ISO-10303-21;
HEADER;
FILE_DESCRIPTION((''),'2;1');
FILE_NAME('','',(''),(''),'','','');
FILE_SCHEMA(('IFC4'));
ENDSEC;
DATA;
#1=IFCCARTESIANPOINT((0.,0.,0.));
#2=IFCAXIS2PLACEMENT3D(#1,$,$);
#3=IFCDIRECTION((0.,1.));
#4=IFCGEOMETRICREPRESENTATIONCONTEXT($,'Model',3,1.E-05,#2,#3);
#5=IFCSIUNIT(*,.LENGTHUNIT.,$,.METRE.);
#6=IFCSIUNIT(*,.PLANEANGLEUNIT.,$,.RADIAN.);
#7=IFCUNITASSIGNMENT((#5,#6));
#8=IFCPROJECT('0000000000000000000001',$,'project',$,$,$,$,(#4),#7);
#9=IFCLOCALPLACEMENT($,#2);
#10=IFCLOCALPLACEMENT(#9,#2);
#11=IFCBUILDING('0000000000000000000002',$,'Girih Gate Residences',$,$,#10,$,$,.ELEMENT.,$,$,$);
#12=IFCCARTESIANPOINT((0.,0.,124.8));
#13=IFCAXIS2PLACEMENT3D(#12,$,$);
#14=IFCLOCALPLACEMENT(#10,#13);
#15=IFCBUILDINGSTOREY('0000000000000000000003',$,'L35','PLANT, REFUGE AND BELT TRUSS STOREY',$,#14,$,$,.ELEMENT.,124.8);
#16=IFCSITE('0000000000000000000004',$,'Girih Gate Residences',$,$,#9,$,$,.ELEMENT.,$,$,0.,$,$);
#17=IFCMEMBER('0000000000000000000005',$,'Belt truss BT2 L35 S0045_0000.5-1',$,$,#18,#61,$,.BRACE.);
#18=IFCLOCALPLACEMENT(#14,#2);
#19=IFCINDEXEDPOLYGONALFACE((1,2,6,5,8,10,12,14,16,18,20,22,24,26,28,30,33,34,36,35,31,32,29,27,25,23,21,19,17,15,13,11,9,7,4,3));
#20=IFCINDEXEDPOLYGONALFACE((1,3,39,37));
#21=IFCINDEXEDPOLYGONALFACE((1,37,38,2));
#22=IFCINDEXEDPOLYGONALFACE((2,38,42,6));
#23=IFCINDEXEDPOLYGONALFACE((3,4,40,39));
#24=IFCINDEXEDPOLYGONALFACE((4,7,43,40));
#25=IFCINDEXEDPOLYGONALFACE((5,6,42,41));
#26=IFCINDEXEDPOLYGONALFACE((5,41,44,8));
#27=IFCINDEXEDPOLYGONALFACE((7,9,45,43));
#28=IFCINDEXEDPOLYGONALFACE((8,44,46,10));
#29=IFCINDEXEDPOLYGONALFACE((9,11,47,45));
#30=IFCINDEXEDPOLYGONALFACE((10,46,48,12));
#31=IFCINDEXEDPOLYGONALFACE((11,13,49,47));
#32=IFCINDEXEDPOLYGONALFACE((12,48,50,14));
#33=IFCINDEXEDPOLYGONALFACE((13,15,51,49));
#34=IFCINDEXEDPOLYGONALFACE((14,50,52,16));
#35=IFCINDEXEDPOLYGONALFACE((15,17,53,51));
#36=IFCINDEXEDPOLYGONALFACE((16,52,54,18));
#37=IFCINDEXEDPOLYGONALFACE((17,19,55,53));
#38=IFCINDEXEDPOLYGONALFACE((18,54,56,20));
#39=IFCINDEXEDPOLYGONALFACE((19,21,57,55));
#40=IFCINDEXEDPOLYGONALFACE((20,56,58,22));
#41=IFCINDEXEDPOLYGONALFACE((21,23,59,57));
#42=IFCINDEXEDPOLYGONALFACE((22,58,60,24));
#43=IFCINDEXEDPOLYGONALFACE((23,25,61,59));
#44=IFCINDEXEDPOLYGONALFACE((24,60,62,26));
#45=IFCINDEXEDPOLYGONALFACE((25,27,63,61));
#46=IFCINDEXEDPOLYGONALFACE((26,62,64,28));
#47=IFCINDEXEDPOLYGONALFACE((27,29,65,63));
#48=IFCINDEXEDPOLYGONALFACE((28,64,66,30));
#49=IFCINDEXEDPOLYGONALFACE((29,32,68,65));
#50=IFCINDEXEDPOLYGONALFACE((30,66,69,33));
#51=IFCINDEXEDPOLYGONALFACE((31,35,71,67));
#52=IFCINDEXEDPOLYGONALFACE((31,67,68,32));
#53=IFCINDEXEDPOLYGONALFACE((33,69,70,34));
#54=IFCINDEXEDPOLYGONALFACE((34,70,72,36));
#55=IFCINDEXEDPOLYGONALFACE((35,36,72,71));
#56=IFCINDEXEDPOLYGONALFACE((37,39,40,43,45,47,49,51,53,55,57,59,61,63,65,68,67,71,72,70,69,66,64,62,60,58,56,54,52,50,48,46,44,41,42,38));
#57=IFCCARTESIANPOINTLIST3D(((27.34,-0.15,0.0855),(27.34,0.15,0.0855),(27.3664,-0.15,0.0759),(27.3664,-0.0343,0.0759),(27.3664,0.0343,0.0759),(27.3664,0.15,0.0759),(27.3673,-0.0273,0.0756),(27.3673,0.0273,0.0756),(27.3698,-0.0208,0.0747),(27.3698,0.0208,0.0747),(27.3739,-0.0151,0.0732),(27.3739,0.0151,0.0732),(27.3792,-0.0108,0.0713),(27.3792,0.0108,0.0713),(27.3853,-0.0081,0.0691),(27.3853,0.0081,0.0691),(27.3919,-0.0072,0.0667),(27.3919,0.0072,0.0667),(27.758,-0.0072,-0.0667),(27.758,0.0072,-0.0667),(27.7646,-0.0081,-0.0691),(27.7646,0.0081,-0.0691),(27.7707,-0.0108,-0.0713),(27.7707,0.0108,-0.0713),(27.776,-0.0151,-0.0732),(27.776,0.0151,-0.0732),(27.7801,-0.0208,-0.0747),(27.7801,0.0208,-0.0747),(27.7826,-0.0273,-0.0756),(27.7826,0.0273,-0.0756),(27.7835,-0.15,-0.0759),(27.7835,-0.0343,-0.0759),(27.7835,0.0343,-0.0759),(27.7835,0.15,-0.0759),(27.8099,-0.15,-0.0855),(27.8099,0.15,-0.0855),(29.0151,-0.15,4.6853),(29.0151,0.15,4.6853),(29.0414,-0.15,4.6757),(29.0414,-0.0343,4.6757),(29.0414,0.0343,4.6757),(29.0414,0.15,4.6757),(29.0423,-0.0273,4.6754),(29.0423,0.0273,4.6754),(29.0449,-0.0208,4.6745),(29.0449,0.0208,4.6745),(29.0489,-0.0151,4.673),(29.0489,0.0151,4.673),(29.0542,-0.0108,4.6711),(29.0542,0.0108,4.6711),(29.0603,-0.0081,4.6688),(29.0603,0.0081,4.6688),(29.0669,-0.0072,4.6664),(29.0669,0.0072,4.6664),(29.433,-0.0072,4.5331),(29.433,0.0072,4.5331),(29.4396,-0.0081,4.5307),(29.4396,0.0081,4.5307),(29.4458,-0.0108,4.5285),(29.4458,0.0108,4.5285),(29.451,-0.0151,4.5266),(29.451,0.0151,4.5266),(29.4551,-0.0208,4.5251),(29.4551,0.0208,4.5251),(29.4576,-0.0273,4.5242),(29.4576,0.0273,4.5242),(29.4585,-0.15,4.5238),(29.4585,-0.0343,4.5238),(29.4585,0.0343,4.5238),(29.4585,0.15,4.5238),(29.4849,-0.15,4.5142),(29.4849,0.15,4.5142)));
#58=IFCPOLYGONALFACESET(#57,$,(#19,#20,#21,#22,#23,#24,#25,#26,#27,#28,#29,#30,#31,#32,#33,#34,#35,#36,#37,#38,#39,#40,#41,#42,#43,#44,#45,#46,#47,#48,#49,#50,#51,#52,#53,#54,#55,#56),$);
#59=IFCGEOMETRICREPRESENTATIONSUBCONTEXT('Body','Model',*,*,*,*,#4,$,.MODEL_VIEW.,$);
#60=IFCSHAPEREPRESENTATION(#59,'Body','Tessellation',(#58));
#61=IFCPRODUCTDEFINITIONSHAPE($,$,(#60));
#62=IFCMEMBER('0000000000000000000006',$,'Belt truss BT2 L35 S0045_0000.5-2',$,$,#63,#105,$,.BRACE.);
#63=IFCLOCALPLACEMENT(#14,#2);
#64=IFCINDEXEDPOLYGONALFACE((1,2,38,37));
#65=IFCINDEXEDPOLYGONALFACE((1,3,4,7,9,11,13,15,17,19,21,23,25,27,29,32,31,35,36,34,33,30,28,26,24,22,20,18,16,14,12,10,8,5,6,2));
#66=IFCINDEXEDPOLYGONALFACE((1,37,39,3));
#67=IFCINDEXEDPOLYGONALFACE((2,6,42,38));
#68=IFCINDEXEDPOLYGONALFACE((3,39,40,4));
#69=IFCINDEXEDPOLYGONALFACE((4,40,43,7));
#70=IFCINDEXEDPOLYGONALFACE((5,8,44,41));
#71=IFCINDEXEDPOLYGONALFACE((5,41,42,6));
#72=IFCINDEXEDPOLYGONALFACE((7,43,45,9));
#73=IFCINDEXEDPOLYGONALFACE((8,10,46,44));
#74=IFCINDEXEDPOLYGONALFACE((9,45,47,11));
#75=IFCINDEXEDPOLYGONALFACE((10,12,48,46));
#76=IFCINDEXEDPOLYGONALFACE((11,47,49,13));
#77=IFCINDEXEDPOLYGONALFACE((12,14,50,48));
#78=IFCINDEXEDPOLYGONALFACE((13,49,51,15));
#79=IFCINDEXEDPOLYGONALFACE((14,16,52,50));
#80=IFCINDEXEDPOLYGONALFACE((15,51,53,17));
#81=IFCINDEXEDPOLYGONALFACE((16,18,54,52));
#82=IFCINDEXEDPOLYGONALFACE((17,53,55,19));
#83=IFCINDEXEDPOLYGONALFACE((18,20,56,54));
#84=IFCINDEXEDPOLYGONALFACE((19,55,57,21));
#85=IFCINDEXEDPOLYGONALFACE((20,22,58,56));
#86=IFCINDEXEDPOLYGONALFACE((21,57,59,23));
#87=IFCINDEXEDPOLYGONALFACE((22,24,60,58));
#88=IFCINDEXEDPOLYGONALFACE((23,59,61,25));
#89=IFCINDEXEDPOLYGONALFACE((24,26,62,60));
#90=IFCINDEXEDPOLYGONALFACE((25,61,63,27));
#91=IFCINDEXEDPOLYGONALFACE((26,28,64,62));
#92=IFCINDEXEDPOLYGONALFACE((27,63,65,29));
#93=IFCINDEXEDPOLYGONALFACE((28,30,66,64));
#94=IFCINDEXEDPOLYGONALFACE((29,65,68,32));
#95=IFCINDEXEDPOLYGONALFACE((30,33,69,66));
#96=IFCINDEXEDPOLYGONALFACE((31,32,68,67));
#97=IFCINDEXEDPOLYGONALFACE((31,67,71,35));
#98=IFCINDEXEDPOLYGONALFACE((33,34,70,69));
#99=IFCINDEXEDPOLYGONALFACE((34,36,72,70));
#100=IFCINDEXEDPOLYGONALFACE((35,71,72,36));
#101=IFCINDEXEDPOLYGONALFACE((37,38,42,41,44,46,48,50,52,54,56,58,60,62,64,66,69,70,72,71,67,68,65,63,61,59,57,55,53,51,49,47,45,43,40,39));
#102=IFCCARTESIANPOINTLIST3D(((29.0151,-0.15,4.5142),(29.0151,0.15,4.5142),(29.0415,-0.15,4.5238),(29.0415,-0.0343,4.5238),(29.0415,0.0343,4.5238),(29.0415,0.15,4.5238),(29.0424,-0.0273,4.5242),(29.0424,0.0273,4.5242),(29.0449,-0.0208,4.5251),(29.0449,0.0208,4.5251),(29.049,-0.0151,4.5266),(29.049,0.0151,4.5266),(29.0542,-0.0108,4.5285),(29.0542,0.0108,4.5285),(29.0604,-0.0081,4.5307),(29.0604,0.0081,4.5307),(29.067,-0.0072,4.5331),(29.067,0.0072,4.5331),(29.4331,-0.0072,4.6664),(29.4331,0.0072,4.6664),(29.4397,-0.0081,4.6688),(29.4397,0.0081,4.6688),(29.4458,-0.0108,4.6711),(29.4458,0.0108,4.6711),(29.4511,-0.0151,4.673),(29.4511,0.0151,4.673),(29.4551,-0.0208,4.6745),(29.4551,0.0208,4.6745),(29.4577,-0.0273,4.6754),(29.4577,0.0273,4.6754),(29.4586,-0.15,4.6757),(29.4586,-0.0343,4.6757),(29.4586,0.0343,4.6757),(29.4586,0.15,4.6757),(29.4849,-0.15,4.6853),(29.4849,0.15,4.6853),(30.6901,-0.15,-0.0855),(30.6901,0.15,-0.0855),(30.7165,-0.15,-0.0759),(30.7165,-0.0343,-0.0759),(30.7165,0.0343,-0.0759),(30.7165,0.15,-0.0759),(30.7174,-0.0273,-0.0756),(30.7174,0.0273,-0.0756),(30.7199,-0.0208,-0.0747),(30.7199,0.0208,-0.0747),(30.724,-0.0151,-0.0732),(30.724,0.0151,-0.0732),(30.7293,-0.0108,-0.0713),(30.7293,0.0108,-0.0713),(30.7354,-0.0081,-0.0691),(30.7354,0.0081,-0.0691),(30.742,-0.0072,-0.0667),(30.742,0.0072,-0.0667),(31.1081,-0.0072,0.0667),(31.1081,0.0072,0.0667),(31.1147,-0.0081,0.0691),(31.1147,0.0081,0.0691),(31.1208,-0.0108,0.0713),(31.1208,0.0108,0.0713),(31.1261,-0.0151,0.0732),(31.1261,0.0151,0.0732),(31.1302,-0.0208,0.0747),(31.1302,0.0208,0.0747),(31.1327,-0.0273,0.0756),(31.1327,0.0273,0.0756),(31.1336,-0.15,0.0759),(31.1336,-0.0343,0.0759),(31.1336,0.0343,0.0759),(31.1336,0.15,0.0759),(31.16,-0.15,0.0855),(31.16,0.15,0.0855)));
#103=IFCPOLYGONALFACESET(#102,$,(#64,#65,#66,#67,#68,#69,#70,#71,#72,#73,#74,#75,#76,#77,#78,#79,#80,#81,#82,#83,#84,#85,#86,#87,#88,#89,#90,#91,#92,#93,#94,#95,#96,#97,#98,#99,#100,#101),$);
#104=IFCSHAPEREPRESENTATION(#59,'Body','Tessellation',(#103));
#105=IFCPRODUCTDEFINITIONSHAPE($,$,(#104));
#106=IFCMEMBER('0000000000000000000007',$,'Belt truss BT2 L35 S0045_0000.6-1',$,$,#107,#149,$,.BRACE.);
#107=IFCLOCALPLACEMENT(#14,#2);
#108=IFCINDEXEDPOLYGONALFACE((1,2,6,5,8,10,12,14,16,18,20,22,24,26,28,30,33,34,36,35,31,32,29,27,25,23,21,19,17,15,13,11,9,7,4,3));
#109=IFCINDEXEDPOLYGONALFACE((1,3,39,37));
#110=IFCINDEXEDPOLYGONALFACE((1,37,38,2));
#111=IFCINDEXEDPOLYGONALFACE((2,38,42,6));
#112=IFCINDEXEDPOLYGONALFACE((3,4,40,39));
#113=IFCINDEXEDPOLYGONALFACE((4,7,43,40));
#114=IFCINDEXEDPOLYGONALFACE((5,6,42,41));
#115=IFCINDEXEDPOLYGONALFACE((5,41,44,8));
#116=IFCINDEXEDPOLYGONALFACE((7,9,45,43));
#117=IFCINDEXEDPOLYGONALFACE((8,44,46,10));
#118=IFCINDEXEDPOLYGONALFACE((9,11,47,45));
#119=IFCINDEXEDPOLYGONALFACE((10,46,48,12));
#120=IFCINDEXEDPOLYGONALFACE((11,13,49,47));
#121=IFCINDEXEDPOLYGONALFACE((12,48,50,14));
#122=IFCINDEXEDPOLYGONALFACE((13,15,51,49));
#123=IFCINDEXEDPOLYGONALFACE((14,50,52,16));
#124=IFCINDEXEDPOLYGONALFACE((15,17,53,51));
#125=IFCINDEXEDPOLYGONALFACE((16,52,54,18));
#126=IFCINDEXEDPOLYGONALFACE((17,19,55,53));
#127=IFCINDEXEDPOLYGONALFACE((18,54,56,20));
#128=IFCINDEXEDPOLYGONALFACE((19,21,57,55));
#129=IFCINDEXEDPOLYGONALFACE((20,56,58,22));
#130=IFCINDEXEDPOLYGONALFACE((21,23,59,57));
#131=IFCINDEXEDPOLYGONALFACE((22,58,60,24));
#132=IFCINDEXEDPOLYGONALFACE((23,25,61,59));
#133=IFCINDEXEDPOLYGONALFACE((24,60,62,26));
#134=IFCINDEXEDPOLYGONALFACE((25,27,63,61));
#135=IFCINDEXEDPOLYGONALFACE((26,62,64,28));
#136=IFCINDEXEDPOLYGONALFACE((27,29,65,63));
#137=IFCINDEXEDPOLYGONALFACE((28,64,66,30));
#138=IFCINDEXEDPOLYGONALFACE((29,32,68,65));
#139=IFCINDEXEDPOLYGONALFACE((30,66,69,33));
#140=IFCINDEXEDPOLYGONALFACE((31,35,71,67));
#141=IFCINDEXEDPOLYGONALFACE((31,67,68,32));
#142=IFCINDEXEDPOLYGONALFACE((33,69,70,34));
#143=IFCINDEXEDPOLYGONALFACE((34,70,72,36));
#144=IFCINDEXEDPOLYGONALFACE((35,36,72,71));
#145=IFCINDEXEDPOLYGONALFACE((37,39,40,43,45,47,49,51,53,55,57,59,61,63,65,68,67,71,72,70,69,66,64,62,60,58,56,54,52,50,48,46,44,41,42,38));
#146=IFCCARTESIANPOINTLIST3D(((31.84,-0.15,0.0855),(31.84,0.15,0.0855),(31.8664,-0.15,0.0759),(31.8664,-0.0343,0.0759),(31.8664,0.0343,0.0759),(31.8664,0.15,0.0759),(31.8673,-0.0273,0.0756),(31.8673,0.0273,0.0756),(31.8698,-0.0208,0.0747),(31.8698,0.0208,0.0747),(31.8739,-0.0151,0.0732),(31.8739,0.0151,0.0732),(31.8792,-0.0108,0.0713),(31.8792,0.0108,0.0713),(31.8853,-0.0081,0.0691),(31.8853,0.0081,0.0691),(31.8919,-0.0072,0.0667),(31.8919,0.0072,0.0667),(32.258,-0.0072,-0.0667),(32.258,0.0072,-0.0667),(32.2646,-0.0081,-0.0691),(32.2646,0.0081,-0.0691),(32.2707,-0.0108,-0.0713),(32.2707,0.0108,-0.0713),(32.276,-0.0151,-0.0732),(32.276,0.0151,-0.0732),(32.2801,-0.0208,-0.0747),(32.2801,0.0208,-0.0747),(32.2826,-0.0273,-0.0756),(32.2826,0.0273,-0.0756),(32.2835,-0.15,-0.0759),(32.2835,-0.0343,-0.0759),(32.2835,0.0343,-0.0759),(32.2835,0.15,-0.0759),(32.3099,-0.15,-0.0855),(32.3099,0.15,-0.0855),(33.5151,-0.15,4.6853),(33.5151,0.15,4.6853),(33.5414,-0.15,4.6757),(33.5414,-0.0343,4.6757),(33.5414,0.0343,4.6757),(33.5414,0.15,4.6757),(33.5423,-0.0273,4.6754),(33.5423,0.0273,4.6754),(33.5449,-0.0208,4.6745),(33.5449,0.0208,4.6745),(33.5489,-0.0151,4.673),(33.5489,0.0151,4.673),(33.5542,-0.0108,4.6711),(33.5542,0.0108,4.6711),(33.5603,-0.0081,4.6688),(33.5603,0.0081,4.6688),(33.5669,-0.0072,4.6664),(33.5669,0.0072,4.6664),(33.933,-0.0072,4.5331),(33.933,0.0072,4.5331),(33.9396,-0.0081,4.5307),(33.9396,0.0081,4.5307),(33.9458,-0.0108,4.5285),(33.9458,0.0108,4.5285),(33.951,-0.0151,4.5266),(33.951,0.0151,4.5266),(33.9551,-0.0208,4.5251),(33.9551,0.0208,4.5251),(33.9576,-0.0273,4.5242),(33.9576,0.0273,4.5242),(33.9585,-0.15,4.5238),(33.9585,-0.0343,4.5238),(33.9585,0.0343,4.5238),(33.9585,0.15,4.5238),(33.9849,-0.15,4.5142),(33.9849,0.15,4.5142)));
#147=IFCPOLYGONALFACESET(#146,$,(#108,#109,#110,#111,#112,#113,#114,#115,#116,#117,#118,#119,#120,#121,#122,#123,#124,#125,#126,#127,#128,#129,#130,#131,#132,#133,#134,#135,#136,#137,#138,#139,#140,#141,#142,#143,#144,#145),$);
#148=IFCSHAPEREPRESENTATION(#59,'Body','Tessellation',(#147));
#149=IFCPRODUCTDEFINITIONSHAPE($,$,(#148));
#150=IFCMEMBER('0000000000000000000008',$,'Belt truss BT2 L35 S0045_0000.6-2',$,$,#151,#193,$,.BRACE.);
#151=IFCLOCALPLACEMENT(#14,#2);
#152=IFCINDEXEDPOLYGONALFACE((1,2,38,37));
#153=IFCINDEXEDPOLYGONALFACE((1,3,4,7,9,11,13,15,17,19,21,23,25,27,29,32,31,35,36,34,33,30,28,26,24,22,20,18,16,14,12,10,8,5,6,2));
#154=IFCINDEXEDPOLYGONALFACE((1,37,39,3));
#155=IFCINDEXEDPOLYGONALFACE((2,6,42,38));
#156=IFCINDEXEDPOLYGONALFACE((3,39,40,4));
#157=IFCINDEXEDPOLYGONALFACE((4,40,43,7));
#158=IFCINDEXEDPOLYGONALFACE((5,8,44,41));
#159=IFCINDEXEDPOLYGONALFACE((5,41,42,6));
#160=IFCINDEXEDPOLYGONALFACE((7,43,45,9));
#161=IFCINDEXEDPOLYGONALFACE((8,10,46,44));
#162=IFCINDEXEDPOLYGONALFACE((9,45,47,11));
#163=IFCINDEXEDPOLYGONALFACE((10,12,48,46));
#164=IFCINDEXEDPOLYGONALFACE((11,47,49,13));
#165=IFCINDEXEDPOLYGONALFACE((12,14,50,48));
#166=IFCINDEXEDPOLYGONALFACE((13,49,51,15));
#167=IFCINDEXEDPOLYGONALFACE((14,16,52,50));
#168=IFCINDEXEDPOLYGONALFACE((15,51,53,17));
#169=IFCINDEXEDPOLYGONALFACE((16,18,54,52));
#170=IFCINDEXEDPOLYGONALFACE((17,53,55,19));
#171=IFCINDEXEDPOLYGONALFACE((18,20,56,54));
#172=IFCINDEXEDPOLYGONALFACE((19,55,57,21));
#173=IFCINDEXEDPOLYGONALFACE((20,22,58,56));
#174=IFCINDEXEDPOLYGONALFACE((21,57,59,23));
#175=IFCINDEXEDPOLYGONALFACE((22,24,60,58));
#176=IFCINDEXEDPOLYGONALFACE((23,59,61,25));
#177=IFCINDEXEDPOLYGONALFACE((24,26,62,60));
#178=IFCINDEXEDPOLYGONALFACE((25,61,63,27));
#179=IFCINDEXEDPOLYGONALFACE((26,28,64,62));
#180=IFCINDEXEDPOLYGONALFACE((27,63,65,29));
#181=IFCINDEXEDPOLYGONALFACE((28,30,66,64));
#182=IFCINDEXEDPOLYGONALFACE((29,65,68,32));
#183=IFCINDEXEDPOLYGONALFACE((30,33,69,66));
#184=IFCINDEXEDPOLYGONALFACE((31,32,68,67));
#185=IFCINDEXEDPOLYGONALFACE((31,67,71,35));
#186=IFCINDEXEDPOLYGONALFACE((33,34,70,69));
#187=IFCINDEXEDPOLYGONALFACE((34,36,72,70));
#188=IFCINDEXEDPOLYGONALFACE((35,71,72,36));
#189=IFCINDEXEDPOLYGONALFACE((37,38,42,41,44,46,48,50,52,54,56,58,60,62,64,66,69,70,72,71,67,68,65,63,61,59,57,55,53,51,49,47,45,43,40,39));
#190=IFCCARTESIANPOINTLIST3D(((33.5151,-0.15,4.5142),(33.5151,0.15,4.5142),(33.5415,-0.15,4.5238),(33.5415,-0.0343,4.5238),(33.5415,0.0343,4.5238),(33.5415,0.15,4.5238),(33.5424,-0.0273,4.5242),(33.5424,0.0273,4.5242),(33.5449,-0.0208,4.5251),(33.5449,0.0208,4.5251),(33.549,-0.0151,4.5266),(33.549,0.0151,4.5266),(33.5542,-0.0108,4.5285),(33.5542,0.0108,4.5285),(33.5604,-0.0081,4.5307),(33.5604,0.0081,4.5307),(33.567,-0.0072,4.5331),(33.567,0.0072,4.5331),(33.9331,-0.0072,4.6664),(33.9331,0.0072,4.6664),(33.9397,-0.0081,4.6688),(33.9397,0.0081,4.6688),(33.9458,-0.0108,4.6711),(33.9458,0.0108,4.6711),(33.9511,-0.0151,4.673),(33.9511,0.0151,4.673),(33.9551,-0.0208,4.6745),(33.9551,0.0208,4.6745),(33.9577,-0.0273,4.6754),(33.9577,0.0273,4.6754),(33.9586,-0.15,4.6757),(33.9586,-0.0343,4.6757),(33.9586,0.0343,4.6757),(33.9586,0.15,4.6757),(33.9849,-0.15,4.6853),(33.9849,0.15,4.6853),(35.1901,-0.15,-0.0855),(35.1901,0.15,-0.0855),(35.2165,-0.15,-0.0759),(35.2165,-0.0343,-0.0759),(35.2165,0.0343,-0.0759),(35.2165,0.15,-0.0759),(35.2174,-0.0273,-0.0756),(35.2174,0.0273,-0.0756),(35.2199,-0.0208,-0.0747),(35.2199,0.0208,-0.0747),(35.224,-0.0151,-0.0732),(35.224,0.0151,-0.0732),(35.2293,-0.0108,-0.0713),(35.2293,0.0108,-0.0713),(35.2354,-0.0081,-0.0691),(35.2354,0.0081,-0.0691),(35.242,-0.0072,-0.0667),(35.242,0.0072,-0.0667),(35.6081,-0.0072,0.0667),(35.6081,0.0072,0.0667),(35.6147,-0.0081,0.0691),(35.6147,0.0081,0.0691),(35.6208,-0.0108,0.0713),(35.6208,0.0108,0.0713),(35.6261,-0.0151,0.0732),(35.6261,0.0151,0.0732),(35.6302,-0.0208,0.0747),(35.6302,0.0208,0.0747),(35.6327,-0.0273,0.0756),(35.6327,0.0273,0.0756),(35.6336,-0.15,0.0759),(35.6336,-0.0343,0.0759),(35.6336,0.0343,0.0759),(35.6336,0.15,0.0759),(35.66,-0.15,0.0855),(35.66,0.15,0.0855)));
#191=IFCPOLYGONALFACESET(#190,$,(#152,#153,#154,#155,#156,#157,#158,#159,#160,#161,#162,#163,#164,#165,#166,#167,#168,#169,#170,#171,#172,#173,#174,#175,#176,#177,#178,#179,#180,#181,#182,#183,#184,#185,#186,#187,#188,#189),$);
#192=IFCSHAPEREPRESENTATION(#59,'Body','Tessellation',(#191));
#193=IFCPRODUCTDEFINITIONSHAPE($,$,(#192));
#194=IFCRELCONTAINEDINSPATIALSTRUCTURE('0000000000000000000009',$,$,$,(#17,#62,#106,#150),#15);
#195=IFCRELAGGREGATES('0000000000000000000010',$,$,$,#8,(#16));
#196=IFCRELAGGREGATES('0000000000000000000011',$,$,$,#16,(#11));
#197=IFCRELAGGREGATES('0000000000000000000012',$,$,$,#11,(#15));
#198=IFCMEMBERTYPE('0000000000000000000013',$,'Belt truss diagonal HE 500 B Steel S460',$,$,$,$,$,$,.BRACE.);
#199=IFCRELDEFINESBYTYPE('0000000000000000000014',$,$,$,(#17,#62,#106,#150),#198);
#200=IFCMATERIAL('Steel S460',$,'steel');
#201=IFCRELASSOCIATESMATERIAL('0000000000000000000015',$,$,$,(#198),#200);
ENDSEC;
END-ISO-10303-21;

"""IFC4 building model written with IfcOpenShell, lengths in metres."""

from ifc_helpers import new_model, si_unit, direction, frame, origin, origin_2d, place, context, subcontext, project, spatial, i_section, extrude, material, material_profile, profile_set, type_object, element, save


model = new_model("IFC4")

# Units and contexts
model_context = context("Model", 3, precision=1e-05, world=origin(), true_north=direction((0.0, 1.0)))
body_context = subcontext(model_context, "Body", "Model", "MODEL_VIEW")
ifc_project = project(units=[si_unit("LENGTHUNIT", "METRE"), si_unit("PLANEANGLEUNIT", "RADIAN")], contexts=[model_context])

# Site, building, storey
site_placement = place(None, origin())
site = spatial("IfcSite", under=ifc_project, at=site_placement, Name="Girih Gate Residences", CompositionType="ELEMENT", RefElevation=0.0)
building_placement = place(site_placement, origin())
building = spatial("IfcBuilding", under=site, at=building_placement, Name="Girih Gate Residences", CompositionType="ELEMENT")
storey_placement = place(building_placement, frame((0.0, 0.0, 124.8)))
storey = spatial("IfcBuildingStorey", under=building, at=storey_placement, Name="L35", Description="PLANT, REFUGE AND BELT TRUSS STOREY", CompositionType="ELEMENT", Elevation=124.8)

# Members
ifc_material_1 = material(Name="Steel S460", Category="steel")
ifc_material_profile_1 = material_profile(ifc_material_1, i_section(OverallWidth=0.3, OverallDepth=0.5, WebThickness=0.0144, FlangeThickness=0.0281, FilletRadius=0.0271, at=origin_2d()))
ifc_profile_set_1 = profile_set([ifc_material_profile_1], Name="Steel S460")
member_type = type_object("IfcMemberType", Name="Belt truss diagonal HE 500 B Steel S460", PredefinedType="BRACE", material=ifc_profile_set_1)
for number, where, z_axis, x_axis, name in (
    (1, (27.575, 0.0, 0.0), (0.342171, 0.0, 0.939638), (0.0, 1.0, 0.0), "Belt truss BT2 L35 S0045_0000.5-1"),
    (2, (30.925, 0.0, 0.0), (-0.342171, 0.0, 0.939638), (0.0, -1.0, 0.0), "Belt truss BT2 L35 S0045_0000.5-2"),
    (3, (32.075, 0.0, 0.0), (0.342171, 0.0, 0.939638), (0.0, 1.0, 0.0), "Belt truss BT2 L35 S0045_0000.6-1"),
    (4, (35.425, 0.0, 0.0), (-0.342171, 0.0, 0.939638), (0.0, -1.0, 0.0), "Belt truss BT2 L35 S0045_0000.6-2"),
):
    element("IfcMember", number, at=place(storey_placement, frame(where, z_axis=z_axis, x_axis=x_axis)), inside=storey, type_object=member_type, Name=name, PredefinedType="BRACE", context=body_context, shape_type="SweptSolid", body=[
        extrude(i_section(OverallWidth=0.3, OverallDepth=0.5, WebThickness=0.0144, FlangeThickness=0.0281, FilletRadius=0.0271, at=origin_2d()), origin(), (0.0, 0.0, 1.0), 4.8953),
    ])

save(model, "model.ifc")
